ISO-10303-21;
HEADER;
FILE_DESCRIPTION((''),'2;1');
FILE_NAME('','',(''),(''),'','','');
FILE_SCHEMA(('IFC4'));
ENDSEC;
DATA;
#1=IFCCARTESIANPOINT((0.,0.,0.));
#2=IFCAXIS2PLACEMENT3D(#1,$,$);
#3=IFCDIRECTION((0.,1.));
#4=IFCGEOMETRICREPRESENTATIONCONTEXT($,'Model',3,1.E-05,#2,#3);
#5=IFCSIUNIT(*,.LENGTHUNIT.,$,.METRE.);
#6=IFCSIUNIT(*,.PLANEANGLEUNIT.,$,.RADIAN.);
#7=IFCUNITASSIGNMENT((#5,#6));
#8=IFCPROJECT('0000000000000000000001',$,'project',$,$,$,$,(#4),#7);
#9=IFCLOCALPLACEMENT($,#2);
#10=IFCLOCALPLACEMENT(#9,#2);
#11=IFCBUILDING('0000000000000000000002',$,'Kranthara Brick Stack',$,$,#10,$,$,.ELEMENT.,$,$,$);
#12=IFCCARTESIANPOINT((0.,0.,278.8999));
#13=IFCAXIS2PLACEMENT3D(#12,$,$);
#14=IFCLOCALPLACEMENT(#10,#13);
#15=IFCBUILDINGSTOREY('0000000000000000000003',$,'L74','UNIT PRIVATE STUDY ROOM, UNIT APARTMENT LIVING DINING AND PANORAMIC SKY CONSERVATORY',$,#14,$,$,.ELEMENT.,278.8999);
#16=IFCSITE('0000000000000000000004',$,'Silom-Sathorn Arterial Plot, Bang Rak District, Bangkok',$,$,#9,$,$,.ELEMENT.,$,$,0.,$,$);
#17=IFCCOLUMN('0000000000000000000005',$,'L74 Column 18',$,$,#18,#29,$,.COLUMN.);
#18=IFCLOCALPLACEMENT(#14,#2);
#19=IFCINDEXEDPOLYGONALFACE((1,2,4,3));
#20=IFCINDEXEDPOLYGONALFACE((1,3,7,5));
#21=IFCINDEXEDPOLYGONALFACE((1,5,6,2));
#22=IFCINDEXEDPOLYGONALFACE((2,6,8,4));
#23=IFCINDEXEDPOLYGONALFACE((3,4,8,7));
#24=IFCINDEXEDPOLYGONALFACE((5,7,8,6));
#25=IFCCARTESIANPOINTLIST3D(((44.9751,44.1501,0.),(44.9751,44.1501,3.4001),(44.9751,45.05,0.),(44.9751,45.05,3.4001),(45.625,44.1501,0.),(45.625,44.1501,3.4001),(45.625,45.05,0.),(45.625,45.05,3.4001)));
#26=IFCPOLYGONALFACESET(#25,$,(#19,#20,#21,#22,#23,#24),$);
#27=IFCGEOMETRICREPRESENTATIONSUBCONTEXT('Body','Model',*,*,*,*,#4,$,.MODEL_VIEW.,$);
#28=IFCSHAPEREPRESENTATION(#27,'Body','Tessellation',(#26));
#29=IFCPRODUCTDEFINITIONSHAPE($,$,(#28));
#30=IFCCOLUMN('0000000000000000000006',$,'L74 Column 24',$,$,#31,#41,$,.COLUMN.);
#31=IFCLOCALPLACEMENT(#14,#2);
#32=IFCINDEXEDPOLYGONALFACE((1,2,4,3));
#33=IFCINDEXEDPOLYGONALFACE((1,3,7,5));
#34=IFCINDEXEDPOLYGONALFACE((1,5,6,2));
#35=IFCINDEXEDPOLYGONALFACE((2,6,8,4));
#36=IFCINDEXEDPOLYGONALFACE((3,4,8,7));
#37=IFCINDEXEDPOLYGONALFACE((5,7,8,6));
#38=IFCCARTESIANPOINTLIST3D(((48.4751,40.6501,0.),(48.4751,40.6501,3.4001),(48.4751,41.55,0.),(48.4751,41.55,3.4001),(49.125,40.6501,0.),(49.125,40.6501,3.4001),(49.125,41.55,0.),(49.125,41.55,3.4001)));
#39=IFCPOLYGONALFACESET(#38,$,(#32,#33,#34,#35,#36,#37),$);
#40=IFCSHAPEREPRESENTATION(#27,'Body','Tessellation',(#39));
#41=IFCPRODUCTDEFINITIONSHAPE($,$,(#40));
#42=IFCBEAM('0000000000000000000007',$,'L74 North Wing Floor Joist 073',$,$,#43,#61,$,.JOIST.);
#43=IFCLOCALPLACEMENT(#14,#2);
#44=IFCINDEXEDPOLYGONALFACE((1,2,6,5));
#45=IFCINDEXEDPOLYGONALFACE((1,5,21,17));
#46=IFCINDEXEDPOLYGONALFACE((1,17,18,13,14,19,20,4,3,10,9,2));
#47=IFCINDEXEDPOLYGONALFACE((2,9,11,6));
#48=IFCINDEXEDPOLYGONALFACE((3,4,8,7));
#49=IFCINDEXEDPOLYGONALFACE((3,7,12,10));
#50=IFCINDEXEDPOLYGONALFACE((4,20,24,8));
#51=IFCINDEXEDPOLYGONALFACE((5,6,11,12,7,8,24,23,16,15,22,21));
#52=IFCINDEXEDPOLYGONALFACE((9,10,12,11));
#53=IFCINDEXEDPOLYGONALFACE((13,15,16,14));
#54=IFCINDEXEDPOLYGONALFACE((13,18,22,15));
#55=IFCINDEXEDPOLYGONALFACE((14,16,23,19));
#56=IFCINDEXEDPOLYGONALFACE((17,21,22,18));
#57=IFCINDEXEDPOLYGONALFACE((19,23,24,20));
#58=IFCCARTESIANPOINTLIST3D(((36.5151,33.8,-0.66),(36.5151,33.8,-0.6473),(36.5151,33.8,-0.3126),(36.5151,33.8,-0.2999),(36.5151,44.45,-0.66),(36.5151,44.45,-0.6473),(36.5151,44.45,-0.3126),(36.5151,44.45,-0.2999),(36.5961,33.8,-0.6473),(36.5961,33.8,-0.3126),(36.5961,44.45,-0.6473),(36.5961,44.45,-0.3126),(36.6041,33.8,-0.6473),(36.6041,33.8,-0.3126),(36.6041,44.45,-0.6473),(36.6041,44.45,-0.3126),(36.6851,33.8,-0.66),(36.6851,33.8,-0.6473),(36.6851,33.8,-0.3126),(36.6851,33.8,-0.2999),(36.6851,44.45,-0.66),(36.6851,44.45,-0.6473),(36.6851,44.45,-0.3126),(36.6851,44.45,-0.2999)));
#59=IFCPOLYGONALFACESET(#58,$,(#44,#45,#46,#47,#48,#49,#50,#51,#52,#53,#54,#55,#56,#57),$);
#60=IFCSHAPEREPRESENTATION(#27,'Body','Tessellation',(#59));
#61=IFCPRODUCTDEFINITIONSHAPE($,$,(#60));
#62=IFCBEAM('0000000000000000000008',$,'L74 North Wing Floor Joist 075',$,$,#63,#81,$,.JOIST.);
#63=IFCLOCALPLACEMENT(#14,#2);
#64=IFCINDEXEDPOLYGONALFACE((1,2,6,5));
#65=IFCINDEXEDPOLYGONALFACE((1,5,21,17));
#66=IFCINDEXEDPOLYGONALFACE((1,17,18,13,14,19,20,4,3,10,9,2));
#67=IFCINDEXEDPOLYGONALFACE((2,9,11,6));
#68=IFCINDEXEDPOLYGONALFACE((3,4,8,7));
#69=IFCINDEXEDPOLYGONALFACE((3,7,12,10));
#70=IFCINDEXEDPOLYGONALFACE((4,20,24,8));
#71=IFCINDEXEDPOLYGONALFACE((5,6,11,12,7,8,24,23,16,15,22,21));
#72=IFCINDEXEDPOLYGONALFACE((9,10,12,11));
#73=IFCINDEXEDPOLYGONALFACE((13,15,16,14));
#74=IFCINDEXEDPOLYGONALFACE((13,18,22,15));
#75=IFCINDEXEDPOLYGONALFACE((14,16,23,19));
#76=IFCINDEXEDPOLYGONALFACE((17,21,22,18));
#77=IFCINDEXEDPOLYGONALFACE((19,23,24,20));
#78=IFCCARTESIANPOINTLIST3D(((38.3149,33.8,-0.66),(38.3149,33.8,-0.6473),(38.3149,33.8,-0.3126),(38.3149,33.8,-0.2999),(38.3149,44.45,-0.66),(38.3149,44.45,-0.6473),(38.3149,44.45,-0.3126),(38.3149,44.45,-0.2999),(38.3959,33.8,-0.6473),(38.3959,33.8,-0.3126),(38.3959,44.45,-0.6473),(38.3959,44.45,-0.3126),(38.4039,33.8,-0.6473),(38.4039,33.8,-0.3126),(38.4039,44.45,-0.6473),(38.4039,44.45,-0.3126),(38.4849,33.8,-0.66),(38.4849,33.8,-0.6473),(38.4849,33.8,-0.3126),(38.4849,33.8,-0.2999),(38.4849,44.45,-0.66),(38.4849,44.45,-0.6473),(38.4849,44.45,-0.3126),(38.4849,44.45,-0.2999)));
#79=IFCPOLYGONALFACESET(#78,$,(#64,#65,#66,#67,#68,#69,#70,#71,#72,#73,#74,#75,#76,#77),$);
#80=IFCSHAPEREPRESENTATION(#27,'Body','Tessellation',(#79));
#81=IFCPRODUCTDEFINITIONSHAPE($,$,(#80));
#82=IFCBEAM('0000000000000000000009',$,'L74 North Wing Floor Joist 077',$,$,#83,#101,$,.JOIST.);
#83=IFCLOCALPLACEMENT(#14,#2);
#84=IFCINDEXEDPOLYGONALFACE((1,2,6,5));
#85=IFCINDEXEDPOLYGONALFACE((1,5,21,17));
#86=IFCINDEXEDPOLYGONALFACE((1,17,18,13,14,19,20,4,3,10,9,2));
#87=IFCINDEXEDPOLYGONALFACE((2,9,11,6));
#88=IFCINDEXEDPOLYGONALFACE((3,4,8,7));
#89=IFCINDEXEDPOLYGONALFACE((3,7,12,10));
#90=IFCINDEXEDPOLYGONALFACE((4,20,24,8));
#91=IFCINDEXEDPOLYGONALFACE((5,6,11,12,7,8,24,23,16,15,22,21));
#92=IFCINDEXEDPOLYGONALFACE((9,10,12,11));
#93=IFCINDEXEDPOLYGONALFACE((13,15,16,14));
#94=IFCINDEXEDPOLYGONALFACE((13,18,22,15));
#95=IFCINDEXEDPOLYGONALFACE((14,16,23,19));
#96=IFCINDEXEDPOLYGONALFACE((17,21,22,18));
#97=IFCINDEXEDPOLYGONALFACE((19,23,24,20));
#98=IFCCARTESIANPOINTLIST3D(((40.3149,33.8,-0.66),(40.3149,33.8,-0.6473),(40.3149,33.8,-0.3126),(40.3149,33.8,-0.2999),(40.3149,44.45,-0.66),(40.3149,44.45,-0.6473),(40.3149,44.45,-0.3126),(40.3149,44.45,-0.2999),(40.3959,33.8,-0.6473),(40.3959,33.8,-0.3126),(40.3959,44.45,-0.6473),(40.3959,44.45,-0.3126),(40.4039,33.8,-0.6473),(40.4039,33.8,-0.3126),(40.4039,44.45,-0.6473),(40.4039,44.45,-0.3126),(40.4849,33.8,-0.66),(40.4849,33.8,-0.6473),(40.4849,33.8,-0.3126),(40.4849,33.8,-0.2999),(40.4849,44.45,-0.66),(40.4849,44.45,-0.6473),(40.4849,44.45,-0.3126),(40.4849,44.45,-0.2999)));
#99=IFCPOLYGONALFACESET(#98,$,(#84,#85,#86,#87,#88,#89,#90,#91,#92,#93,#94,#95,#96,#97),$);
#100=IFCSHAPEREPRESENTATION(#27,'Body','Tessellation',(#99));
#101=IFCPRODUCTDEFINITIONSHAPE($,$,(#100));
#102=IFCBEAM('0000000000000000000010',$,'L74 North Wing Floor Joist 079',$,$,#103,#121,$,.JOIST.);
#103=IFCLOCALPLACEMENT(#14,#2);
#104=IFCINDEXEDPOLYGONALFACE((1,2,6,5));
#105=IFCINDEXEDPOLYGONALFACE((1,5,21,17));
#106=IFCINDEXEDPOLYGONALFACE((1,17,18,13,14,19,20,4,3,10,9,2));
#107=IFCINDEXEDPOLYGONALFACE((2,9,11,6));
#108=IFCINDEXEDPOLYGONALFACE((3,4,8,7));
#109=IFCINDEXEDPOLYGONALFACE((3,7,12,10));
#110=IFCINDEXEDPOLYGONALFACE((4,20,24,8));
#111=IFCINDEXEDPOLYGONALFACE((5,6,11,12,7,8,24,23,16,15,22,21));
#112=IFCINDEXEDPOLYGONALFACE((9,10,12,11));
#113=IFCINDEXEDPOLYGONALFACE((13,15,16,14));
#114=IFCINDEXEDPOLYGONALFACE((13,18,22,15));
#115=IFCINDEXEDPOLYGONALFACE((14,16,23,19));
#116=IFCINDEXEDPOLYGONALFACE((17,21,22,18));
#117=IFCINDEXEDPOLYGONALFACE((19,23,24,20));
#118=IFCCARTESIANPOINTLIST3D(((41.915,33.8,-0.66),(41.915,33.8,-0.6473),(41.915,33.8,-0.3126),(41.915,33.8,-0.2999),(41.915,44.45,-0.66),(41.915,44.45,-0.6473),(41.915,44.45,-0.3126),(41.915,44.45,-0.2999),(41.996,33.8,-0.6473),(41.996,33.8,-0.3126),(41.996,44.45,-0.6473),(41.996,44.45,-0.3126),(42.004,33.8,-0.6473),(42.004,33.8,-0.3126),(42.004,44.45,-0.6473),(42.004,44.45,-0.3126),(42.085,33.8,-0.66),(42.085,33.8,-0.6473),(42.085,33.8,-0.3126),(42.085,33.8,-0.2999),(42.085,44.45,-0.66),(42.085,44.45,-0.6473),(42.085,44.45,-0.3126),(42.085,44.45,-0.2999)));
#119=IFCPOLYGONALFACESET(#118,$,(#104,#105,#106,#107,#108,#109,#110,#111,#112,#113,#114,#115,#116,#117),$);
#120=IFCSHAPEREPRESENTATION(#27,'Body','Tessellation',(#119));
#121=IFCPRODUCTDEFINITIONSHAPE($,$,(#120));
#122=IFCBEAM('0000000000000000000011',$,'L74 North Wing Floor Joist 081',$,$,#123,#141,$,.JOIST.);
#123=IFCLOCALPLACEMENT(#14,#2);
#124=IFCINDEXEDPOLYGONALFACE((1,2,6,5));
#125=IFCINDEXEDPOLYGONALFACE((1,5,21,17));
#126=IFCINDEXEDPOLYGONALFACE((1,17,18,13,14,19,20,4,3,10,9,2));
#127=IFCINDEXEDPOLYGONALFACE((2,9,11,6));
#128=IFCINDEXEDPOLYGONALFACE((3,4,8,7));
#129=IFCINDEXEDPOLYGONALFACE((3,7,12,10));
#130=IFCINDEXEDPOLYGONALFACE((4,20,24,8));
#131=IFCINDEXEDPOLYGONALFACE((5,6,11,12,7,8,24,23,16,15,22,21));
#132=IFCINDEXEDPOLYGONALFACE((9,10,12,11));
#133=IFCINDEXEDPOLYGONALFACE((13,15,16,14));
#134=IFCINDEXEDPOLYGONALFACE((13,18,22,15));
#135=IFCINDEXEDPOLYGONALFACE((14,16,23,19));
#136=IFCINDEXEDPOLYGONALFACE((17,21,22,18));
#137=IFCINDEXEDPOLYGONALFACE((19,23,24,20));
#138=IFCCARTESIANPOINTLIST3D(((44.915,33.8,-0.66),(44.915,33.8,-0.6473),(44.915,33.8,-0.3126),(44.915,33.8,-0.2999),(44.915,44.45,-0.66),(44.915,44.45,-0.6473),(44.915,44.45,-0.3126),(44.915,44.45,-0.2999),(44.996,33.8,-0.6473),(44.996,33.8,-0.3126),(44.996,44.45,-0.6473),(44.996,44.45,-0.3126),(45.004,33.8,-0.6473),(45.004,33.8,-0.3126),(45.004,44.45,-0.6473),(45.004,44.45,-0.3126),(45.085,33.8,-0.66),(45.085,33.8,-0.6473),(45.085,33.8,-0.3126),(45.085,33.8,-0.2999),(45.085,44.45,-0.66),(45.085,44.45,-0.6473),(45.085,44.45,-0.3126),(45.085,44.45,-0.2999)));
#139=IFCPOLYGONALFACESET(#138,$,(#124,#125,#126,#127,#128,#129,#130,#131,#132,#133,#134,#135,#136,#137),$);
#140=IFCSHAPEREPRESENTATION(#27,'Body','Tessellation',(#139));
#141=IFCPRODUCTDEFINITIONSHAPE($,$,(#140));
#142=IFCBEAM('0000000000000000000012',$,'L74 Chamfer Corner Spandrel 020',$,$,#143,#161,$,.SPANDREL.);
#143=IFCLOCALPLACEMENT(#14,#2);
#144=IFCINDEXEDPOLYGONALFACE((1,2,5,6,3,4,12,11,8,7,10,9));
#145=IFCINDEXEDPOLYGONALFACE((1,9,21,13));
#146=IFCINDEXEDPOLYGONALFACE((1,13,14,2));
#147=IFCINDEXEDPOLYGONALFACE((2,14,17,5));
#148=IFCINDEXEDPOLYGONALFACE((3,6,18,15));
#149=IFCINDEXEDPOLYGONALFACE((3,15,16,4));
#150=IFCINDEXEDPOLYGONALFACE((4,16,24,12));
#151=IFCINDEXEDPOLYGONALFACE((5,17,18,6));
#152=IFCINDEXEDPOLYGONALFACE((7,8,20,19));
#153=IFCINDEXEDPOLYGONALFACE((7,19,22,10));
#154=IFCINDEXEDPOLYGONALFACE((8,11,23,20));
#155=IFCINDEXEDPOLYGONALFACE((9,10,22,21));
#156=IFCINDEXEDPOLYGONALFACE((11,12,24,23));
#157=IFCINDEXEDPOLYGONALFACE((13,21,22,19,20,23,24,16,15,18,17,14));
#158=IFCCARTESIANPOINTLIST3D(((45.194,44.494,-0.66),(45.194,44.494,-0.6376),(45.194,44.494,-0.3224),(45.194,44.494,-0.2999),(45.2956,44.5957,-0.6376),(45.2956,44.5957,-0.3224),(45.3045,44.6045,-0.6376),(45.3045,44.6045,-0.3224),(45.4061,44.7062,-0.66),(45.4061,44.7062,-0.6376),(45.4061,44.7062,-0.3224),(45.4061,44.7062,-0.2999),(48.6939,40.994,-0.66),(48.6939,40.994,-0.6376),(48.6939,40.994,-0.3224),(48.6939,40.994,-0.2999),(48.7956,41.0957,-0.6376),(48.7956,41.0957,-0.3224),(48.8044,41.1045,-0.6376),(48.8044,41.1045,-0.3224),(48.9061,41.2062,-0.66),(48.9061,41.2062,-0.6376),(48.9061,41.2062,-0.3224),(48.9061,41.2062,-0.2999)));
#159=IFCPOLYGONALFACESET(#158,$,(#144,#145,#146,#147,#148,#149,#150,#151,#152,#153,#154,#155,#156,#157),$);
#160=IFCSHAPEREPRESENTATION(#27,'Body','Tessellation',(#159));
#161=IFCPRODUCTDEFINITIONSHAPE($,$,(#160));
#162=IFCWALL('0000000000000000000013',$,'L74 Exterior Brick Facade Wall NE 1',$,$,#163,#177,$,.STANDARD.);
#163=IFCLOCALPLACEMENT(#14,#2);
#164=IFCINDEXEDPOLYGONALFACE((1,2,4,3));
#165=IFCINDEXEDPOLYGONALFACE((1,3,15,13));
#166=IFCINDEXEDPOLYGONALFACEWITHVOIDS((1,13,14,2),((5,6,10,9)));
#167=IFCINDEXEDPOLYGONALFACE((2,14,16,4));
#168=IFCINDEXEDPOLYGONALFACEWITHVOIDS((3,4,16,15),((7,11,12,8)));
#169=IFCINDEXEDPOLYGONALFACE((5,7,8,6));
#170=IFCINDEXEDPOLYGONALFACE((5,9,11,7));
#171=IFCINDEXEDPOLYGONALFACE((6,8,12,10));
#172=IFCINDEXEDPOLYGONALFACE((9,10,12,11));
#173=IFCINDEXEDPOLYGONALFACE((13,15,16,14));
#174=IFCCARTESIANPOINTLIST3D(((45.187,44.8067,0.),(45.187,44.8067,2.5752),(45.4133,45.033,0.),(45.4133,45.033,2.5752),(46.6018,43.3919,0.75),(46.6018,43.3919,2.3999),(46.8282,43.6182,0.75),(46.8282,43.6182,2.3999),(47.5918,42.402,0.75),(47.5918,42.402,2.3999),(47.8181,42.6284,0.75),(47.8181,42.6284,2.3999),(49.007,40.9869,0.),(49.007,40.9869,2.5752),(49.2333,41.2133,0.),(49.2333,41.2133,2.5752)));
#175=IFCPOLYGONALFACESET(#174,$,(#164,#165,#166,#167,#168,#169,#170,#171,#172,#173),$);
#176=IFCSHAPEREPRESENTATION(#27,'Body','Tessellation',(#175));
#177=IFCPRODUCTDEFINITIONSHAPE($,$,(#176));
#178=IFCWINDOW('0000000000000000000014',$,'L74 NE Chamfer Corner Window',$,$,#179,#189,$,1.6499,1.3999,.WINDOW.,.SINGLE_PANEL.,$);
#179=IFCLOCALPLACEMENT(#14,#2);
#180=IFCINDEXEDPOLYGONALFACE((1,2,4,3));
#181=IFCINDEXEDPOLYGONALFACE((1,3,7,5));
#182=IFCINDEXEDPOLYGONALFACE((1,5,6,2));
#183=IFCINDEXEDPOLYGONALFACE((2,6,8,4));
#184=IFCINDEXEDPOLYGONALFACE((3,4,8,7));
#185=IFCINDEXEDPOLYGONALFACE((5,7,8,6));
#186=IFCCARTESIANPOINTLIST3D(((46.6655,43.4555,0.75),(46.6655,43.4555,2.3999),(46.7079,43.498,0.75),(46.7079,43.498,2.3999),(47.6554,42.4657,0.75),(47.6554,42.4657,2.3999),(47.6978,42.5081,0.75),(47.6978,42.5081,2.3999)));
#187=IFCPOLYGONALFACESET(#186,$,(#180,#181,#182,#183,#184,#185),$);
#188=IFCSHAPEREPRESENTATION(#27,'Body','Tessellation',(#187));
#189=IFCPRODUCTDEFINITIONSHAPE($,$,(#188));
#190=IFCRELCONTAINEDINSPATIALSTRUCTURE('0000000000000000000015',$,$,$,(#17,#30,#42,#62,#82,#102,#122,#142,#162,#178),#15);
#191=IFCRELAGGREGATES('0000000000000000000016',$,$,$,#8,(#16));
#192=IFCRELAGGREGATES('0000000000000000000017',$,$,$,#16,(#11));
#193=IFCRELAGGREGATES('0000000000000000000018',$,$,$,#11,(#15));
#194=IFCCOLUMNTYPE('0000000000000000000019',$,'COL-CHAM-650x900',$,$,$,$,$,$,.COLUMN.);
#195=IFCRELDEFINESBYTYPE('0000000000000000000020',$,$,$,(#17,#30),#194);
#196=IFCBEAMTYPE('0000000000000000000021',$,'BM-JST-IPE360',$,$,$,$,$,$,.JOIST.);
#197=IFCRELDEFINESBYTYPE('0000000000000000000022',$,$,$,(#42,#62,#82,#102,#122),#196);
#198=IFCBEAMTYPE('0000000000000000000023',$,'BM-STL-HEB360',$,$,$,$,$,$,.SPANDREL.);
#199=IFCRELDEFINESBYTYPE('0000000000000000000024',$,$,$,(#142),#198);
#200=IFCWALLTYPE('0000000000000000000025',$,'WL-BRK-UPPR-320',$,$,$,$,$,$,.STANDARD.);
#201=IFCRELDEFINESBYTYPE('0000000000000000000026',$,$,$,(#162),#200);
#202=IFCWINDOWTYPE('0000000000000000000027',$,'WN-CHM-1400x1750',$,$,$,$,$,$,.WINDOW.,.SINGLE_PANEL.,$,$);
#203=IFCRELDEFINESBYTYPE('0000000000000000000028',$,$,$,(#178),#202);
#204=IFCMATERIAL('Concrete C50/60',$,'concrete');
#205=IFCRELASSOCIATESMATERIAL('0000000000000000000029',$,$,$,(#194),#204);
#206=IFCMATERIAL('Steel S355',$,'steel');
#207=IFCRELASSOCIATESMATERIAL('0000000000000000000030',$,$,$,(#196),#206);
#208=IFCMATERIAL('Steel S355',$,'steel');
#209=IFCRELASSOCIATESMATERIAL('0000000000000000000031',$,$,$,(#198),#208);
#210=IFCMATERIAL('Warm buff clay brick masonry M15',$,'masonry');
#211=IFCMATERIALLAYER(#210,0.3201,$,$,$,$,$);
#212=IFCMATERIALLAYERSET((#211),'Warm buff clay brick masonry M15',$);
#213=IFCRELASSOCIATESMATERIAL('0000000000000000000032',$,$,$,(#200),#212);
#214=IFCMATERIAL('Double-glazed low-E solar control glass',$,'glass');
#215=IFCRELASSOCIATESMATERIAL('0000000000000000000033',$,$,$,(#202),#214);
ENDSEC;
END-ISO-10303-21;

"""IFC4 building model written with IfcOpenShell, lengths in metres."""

from ifc_helpers import new_model, si_unit, direction, frame, frame_2d, origin, origin_2d, place, context, subcontext, project, spatial, rectangle, i_section, extrude, material, layer, layer_set, material_profile, profile_set, type_object, element, fill, save


model = new_model("IFC4")

# Units and contexts
model_context = context("Model", 3, precision=1e-05, world=origin(), true_north=direction((0.0, 1.0)))
body_context = subcontext(model_context, "Body", "Model", "MODEL_VIEW")
ifc_project = project(units=[si_unit("LENGTHUNIT", "METRE"), si_unit("PLANEANGLEUNIT", "RADIAN")], contexts=[model_context])

# Site, building, storey
site_placement = place(None, origin())
site = spatial("IfcSite", under=ifc_project, at=site_placement, Name="Silom-Sathorn Arterial Plot, Bang Rak District, Bangkok", CompositionType="ELEMENT", RefElevation=0.0)
building_placement = place(site_placement, origin())
building = spatial("IfcBuilding", under=site, at=building_placement, Name="Kranthara Brick Stack", CompositionType="ELEMENT")
storey_placement = place(building_placement, frame((0.0, 0.0, 278.8999)))
storey = spatial("IfcBuildingStorey", under=building, at=storey_placement, Name="L74", Description="UNIT PRIVATE STUDY ROOM, UNIT APARTMENT LIVING DINING AND PANORAMIC SKY CONSERVATORY", CompositionType="ELEMENT", Elevation=278.8999)

# Columns
ifc_material_1 = material(Name="Concrete C50/60", Category="concrete")
ifc_material_profile_1 = material_profile(ifc_material_1, rectangle(XDim=0.6499, YDim=0.8999, at=origin_2d()), Name="RC 650x900")
ifc_profile_set_1 = profile_set([ifc_material_profile_1], Name="Concrete C50/60")
column_type = type_object("IfcColumnType", Name="COL-CHAM-650x900", PredefinedType="COLUMN", material=ifc_profile_set_1)
for number, where, z_axis, x_axis, name in (
    (1, (45.3, 44.6001, 0.0), (0.0, 0.0, 1.0), (1.0, 0.0, 0.0), "L74 Column 18"),
    (2, (48.8, 41.1001, 0.0), (0.0, 0.0, 1.0), (1.0, 0.0, 0.0), "L74 Column 24"),
):
    element("IfcColumn", number, at=place(storey_placement, frame(where, z_axis=z_axis, x_axis=x_axis)), inside=storey, type_object=column_type, Name=name, PredefinedType="COLUMN", context=body_context, shape_type="SweptSolid", body=[
        extrude(rectangle(XDim=0.6499, YDim=0.8999, at=origin_2d()), origin(), (0.0, 0.0, 1.0), 3.4001),
    ])

# Beams
ifc_material_2 = material(Name="Steel S355", Category="steel")
ifc_material_profile_2 = material_profile(ifc_material_2, i_section(OverallWidth=0.1699, OverallDepth=0.3601, WebThickness=0.0081, FlangeThickness=0.0127, at=origin_2d()), Name="IPE 360")
ifc_profile_set_2 = profile_set([ifc_material_profile_2], Name="Steel S355")
beam_type_1 = type_object("IfcBeamType", Name="BM-JST-IPE360", PredefinedType="JOIST", material=ifc_profile_set_2)
for number, where, z_axis, x_axis, name in (
    (3, (36.6001, 33.8, -0.48), (0.0, 1.0, 0.0), (-1.0, 0.0, 0.0), "L74 North Wing Floor Joist 073"),
    (4, (38.3999, 33.8, -0.48), (0.0, 1.0, 0.0), (-1.0, 0.0, 0.0), "L74 North Wing Floor Joist 075"),
    (5, (40.3999, 33.8, -0.48), (0.0, 1.0, 0.0), (-1.0, 0.0, 0.0), "L74 North Wing Floor Joist 077"),
    (6, (42.0, 33.8, -0.48), (0.0, 1.0, 0.0), (-1.0, 0.0, 0.0), "L74 North Wing Floor Joist 079"),
    (7, (45.0, 33.8, -0.48), (0.0, 1.0, 0.0), (-1.0, 0.0, 0.0), "L74 North Wing Floor Joist 081"),
):
    element("IfcBeam", number, at=place(storey_placement, frame(where, z_axis=z_axis, x_axis=x_axis)), inside=storey, type_object=beam_type_1, Name=name, PredefinedType="JOIST", context=body_context, shape_type="SweptSolid", body=[
        extrude(i_section(OverallWidth=0.1699, OverallDepth=0.3601, WebThickness=0.0081, FlangeThickness=0.0127, at=origin_2d()), origin(), (0.0, 0.0, 1.0), 10.6499),
    ])
ifc_material_3 = material(Name="Steel S355", Category="steel")
ifc_material_profile_3 = material_profile(ifc_material_3, i_section(OverallWidth=0.3, OverallDepth=0.3601, WebThickness=0.0125, FlangeThickness=0.0225, at=origin_2d()), Name="HEB 360")
ifc_profile_set_3 = profile_set([ifc_material_profile_3], Name="Steel S355")
beam_type_2 = type_object("IfcBeamType", Name="BM-STL-HEB360", PredefinedType="SPANDREL", material=ifc_profile_set_3)
beam_placement = place(storey_placement, frame((45.3, 44.6001, -0.48), z_axis=(0.707107, -0.707107, 0.0), x_axis=(0.707107, 0.707107, 0.0)))
element("IfcBeam", 8, at=beam_placement, inside=storey, type_object=beam_type_2, Name="L74 Chamfer Corner Spandrel 020", PredefinedType="SPANDREL", context=body_context, shape_type="SweptSolid", body=[
    extrude(i_section(OverallWidth=0.3, OverallDepth=0.3601, WebThickness=0.0125, FlangeThickness=0.0225, at=origin_2d()), origin(), (0.0, 0.0, 1.0), 4.9497),
])

# Wall, opening, window
ifc_material_4 = material(Name="Warm buff clay brick masonry M15", Category="masonry")
ifc_layer_1 = layer(ifc_material_4, 0.3201)
ifc_layer_set_1 = layer_set([ifc_layer_1], Name="Warm buff clay brick masonry M15")
wall_type_1 = type_object("IfcWallType", Name="WL-BRK-UPPR-320", PredefinedType="STANDARD", material=ifc_layer_set_1)
wall_1_placement = place(storey_placement, frame((45.3, 44.9199, 0.0), z_axis=(0.0, 0.0, 1.0), x_axis=(0.707129, -0.707084, 0.0)))
wall_1 = element("IfcWall", 9, at=wall_1_placement, inside=storey, type_object=wall_type_1, Name="L74 Exterior Brick Facade Wall NE 1", PredefinedType="STANDARD", context=body_context, shape_type="SweptSolid", body=[
    extrude(rectangle(XDim=5.4021, YDim=0.3201, at=frame_2d((2.7012, 0.0))), origin(), (0.0, 0.0, 1.0), 2.5752),
])
opening_1_placement = place(wall_1_placement, frame((2.001, 0.0, 0.75)))
opening_1 = element("IfcOpeningElement", 10, at=opening_1_placement, cuts=wall_1, PredefinedType="OPENING", context=body_context, shape_type="SweptSolid", body=[
    extrude(rectangle(XDim=1.3999, YDim=1.6499, at=frame_2d((0.7, 0.825))), frame((0.0, 0.1699, 0.0), z_axis=(0.0, -1.0, 0.0), x_axis=(1.0, 0.0, 0.0)), (0.0, 0.0, 1.0), 0.3401),
])
ifc_material_5 = material(Name="Double-glazed low-E solar control glass", Category="glass")
window_type_1 = type_object("IfcWindowType", Name="WN-CHM-1400x1750", PartitioningType="SINGLE_PANEL", PredefinedType="WINDOW", material=ifc_material_5)
window_1_placement = place(opening_1_placement, origin())
window_1 = element("IfcWindow", 11, at=window_1_placement, inside=storey, type_object=window_type_1, Name="L74 NE Chamfer Corner Window", OverallHeight=1.6499, OverallWidth=1.3999, PartitioningType="SINGLE_PANEL", PredefinedType="WINDOW", context=body_context, shape_type="SweptSolid", body=[
    extrude(rectangle(XDim=1.3999, YDim=1.6499, at=frame_2d((0.7, 0.825))), frame((0.0, -0.01, 0.0), z_axis=(0.0, -1.0, 0.0), x_axis=(1.0, 0.0, 0.0)), (0.0, 0.0, 1.0), 0.0601),
])
fill(opening_1, window_1)

save(model, "model.ifc")
